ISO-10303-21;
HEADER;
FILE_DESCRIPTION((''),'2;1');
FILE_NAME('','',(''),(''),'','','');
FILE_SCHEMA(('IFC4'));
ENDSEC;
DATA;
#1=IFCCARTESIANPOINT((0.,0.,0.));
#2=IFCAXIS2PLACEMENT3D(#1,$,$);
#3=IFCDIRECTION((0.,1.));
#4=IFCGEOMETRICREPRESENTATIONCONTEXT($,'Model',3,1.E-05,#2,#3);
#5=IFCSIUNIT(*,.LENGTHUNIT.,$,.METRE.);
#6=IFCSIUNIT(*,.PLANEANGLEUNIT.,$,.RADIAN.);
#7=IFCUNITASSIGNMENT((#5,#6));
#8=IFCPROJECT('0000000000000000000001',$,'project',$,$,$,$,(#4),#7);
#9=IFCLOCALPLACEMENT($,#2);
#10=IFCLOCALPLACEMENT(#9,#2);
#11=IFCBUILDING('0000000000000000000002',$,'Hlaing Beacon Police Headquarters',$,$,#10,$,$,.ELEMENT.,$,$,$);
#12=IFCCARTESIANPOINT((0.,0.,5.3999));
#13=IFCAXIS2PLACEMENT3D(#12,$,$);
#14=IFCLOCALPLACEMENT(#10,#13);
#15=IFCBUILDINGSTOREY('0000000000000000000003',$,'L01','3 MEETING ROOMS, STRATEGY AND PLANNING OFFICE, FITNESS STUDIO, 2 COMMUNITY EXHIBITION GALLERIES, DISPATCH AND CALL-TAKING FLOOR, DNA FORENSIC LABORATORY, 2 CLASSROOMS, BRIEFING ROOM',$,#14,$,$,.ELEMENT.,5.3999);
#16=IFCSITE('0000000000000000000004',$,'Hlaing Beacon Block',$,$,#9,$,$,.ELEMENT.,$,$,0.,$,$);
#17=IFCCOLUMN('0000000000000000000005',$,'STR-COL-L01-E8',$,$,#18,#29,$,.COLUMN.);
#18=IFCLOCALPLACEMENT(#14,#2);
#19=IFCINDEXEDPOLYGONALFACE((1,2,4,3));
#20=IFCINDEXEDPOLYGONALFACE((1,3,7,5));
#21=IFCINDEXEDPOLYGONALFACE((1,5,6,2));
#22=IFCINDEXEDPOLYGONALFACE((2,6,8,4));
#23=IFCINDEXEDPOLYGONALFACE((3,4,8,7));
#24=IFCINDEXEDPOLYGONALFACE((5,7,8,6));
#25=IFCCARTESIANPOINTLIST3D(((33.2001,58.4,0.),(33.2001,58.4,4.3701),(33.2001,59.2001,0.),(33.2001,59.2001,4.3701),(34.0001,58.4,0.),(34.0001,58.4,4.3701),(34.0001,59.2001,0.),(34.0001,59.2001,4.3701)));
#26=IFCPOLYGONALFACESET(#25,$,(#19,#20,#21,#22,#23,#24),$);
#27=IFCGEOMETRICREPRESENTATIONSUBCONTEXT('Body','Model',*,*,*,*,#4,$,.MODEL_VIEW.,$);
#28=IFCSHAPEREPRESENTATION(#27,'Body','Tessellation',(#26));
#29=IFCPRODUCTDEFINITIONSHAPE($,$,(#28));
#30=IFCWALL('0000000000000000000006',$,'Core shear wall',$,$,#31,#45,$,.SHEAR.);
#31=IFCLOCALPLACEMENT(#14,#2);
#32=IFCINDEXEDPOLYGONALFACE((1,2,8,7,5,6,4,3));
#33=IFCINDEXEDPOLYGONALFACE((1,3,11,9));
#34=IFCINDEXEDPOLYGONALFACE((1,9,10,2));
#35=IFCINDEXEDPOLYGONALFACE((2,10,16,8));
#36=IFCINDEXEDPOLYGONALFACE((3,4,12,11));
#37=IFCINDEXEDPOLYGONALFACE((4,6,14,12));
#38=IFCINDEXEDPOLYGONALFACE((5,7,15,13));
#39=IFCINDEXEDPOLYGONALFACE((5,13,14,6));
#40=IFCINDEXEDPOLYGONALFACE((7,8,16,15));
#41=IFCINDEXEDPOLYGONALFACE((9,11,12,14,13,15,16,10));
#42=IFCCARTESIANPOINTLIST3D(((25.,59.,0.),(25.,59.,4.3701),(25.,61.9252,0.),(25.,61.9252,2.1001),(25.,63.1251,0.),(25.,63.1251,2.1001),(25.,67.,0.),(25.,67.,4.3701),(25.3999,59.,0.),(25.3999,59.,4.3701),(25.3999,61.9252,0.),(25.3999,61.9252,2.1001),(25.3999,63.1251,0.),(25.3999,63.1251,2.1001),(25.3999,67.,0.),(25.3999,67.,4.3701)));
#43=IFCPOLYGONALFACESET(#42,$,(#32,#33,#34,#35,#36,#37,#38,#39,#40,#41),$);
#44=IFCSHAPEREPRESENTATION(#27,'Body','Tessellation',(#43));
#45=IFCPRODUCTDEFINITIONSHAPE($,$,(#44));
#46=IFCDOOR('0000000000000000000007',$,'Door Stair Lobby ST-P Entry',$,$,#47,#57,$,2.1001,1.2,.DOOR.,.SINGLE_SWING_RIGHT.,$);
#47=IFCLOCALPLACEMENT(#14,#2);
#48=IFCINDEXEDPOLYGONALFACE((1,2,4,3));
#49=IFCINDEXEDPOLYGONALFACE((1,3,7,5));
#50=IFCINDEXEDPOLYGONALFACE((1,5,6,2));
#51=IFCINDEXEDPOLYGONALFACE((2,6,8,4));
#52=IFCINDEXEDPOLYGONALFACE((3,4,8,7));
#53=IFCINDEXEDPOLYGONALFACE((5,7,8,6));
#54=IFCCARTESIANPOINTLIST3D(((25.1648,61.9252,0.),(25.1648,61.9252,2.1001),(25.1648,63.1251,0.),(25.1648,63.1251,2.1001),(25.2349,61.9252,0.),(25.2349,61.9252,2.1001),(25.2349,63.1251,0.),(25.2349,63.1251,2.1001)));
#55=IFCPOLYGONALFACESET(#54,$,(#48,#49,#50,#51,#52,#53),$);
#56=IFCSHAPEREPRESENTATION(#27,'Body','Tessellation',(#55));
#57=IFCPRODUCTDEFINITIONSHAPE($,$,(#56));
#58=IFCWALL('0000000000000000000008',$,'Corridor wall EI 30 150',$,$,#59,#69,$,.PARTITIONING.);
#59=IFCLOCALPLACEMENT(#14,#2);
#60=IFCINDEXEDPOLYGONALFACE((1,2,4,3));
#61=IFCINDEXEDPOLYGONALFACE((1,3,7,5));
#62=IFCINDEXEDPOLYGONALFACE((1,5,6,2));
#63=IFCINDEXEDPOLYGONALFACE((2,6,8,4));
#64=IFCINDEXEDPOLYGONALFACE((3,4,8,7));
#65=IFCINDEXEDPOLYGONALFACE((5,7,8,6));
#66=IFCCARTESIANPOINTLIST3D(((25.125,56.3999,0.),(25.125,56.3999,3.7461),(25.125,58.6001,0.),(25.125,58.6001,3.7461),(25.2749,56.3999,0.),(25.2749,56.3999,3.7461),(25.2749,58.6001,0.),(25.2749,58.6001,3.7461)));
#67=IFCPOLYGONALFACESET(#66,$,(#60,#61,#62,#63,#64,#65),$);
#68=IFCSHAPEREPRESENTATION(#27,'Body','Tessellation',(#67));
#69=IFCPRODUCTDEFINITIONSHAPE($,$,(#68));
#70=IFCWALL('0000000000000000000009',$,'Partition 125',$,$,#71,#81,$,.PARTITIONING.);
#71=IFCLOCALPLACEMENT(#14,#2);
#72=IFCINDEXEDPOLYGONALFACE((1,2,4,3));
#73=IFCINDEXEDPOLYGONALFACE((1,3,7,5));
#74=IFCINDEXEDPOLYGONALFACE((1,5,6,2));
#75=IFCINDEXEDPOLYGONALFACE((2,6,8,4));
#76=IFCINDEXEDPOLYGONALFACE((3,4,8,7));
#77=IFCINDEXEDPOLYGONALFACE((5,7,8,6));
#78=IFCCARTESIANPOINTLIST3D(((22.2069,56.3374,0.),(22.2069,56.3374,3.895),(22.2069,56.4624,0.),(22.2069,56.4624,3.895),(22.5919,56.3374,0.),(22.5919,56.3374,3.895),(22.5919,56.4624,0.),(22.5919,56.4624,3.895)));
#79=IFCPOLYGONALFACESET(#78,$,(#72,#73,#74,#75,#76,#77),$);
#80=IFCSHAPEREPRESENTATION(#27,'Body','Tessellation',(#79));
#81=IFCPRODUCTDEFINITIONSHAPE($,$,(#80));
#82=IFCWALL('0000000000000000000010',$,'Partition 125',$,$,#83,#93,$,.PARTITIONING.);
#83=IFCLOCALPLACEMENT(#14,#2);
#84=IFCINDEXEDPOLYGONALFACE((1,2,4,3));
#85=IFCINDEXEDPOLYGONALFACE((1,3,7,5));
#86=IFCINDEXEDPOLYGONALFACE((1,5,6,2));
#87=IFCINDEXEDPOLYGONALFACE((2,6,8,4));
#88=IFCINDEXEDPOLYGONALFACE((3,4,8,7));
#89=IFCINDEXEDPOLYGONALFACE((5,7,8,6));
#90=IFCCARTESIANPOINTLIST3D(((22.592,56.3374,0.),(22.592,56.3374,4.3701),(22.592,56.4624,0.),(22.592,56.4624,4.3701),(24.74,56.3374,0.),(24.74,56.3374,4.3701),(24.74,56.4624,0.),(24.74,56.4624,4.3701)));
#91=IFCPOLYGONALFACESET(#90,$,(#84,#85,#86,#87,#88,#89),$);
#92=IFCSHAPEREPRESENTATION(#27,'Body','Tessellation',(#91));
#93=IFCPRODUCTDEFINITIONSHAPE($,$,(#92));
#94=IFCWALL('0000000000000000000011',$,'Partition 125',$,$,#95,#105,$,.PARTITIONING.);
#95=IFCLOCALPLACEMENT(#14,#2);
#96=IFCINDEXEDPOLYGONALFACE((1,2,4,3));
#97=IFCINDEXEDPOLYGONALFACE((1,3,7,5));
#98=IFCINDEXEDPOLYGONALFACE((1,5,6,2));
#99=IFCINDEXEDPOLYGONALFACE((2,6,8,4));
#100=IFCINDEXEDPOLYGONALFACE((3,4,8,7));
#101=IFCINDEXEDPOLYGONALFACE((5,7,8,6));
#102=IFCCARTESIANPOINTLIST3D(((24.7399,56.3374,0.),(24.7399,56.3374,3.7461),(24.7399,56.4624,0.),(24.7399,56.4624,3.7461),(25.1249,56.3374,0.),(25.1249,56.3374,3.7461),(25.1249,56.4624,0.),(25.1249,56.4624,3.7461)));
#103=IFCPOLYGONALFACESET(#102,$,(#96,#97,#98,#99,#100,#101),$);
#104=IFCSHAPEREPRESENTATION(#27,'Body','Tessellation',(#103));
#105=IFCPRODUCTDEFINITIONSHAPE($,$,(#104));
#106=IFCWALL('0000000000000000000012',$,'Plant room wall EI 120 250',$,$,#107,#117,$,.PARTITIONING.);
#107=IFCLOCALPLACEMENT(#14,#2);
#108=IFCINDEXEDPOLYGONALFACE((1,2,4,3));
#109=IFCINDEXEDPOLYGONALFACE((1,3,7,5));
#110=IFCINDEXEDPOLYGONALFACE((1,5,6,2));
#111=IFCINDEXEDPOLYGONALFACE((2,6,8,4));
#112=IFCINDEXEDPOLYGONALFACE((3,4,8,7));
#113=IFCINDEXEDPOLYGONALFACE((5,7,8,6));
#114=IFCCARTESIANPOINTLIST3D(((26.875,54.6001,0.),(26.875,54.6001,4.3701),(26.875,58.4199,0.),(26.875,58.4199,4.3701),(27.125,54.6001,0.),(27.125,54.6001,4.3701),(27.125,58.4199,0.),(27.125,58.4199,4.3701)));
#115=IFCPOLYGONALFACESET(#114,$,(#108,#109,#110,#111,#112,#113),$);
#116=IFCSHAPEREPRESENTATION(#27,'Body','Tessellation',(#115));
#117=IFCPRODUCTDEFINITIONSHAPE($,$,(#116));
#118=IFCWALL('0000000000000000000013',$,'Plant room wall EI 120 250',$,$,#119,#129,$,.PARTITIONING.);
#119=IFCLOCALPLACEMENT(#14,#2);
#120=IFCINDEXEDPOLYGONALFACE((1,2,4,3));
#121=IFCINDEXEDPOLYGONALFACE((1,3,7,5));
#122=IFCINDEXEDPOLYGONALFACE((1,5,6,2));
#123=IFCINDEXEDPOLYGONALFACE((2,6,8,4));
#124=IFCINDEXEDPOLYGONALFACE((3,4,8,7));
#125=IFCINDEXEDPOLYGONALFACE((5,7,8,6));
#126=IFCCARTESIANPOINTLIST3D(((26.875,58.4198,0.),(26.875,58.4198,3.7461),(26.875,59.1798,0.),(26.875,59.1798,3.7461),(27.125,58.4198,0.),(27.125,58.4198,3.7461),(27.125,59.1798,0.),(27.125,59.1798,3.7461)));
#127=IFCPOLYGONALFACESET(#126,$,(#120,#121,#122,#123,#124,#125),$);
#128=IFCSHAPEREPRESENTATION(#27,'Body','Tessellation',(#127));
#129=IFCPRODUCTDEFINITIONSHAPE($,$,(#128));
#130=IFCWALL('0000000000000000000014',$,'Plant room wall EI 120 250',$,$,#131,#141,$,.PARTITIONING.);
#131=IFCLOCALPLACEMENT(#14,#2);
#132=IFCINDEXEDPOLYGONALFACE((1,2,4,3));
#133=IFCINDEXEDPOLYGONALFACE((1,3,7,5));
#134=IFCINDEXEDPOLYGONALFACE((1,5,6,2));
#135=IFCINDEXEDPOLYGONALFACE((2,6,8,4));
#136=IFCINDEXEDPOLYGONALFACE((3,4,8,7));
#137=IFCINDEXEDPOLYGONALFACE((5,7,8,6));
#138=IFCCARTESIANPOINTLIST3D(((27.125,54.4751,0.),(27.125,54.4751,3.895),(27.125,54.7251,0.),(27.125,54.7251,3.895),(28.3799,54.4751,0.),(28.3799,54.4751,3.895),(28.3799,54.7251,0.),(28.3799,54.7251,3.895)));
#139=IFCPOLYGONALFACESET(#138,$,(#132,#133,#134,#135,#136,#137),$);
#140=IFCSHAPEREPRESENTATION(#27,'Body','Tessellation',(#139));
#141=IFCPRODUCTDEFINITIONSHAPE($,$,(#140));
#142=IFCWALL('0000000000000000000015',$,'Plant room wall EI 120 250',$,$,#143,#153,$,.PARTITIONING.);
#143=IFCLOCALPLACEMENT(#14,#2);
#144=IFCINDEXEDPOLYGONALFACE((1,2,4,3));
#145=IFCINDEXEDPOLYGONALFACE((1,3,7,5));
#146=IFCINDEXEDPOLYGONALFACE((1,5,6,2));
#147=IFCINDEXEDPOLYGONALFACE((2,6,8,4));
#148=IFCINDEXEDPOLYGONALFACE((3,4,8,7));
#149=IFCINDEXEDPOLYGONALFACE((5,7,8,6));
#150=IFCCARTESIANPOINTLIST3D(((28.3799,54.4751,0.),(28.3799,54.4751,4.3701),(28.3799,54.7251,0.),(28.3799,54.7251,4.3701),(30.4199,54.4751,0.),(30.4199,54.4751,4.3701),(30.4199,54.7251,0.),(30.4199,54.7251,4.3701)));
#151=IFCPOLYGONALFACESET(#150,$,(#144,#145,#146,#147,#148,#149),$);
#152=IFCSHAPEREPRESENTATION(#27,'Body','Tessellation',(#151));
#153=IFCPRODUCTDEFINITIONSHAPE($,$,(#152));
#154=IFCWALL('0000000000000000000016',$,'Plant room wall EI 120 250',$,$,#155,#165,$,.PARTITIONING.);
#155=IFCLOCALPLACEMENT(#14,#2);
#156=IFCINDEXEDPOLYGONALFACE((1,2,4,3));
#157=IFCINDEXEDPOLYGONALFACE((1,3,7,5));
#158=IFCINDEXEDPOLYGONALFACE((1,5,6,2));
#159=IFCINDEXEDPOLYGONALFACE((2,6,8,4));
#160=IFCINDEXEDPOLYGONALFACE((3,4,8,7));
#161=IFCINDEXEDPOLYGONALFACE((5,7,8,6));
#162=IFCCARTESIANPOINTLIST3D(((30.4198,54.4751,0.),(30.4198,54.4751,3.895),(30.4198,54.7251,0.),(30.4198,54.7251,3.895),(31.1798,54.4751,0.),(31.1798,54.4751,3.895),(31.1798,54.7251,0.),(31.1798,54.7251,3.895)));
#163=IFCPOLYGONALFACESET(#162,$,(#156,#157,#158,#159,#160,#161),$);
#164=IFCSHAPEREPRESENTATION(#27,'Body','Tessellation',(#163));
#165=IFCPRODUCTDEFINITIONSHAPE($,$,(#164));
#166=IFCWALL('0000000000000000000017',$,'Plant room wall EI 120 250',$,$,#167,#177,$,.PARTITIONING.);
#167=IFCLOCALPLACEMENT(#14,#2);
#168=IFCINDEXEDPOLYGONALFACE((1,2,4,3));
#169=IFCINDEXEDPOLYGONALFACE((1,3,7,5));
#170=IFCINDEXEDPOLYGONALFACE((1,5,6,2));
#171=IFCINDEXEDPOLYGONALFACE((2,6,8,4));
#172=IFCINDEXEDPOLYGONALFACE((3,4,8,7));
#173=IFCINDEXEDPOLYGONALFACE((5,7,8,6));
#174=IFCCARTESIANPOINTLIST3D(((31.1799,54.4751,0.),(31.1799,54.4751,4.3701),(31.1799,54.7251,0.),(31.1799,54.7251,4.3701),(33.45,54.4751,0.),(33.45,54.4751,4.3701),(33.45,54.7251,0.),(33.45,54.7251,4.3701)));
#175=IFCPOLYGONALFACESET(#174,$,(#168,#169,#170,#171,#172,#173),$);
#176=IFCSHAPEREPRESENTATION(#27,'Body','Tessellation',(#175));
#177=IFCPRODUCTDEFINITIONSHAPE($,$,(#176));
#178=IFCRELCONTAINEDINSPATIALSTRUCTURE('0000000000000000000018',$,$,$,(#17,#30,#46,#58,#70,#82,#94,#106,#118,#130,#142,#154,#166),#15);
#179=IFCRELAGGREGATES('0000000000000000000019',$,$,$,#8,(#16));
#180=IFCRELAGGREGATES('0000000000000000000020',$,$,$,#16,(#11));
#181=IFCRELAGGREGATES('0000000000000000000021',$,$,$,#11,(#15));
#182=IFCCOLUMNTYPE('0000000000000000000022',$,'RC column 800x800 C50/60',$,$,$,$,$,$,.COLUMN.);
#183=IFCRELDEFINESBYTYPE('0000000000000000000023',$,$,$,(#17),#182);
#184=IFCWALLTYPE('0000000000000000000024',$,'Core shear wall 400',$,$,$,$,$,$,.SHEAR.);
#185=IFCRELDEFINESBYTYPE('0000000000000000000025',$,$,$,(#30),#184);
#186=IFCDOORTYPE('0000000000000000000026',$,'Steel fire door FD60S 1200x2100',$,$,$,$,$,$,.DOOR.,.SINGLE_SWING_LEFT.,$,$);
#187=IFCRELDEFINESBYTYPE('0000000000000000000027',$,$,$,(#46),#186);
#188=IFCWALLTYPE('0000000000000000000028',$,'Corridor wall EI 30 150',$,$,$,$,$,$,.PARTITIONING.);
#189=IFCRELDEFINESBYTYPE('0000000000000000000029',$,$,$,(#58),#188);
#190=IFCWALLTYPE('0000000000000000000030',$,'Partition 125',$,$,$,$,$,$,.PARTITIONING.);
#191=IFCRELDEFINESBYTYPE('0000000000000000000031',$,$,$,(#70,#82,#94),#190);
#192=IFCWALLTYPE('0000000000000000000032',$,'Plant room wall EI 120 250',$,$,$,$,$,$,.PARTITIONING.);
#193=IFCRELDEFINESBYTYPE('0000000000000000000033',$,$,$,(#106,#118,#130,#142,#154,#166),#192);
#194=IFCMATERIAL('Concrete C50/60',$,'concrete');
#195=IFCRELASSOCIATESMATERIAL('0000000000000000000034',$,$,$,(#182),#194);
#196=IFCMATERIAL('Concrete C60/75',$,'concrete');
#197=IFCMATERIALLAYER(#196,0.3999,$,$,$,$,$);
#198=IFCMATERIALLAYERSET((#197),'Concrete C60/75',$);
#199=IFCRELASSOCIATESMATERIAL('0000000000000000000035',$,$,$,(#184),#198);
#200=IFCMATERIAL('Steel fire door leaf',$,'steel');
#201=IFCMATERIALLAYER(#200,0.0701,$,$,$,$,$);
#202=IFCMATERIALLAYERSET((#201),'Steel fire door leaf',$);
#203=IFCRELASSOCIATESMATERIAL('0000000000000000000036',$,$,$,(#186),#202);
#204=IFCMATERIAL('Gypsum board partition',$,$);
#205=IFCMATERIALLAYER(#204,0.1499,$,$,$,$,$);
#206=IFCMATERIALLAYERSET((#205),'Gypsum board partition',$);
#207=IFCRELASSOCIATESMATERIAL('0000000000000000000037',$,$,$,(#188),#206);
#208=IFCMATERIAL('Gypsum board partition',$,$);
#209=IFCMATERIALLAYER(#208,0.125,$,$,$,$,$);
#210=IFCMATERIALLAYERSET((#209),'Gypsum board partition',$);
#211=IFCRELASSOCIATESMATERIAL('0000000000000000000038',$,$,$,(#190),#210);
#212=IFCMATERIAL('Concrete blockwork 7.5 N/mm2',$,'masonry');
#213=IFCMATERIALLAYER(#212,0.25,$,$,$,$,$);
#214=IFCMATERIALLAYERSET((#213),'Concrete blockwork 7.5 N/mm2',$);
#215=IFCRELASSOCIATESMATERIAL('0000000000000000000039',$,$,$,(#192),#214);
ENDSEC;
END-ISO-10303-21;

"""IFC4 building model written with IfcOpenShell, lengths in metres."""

from ifc_helpers import new_model, si_unit, direction, frame, frame_2d, origin, origin_2d, place, context, subcontext, project, spatial, rectangle, extrude, material, layer, layer_set, material_profile, profile_set, type_object, element, fill, save


model = new_model("IFC4")

# Units and contexts
model_context = context("Model", 3, precision=1e-05, world=origin(), true_north=direction((0.0, 1.0)))
body_context = subcontext(model_context, "Body", "Model", "MODEL_VIEW")
ifc_project = project(units=[si_unit("LENGTHUNIT", "METRE"), si_unit("PLANEANGLEUNIT", "RADIAN")], contexts=[model_context])

# Site, building, storey
site_placement = place(None, origin())
site = spatial("IfcSite", under=ifc_project, at=site_placement, Name="Hlaing Beacon Block", CompositionType="ELEMENT", RefElevation=0.0)
building_placement = place(site_placement, origin())
building = spatial("IfcBuilding", under=site, at=building_placement, Name="Hlaing Beacon Police Headquarters", CompositionType="ELEMENT")
storey_placement = place(building_placement, frame((0.0, 0.0, 5.3999)))
storey = spatial("IfcBuildingStorey", under=building, at=storey_placement, Name="L01", Description="3 MEETING ROOMS, STRATEGY AND PLANNING OFFICE, FITNESS STUDIO, 2 COMMUNITY EXHIBITION GALLERIES, DISPATCH AND CALL-TAKING FLOOR, DNA FORENSIC LABORATORY, 2 CLASSROOMS, BRIEFING ROOM", CompositionType="ELEMENT", Elevation=5.3999)

# Column
ifc_material_1 = material(Name="Concrete C50/60", Category="concrete")
ifc_material_profile = material_profile(ifc_material_1, rectangle(XDim=0.8, YDim=0.8, at=origin_2d()), Name="800x800")
ifc_profile_set = profile_set([ifc_material_profile], Name="Concrete C50/60")
column_type = type_object("IfcColumnType", Name="RC column 800x800 C50/60", PredefinedType="COLUMN", material=ifc_profile_set)
column_placement = place(storey_placement, frame((33.6001, 58.8, 0.0), z_axis=(0.0, 0.0, 1.0), x_axis=(1.0, 0.0, 0.0)))
element("IfcColumn", 1, at=column_placement, inside=storey, type_object=column_type, Name="STR-COL-L01-E8", PredefinedType="COLUMN", context=body_context, shape_type="SweptSolid", body=[
    extrude(rectangle(XDim=0.8, YDim=0.8, at=origin_2d()), origin(), (0.0, 0.0, 1.0), 4.3701),
])

# Wall, opening, door
ifc_material_2 = material(Name="Concrete C60/75", Category="concrete")
ifc_layer_1 = layer(ifc_material_2, 0.3999)
ifc_layer_set_1 = layer_set([ifc_layer_1], Name="Concrete C60/75")
wall_type_1 = type_object("IfcWallType", Name="Core shear wall 400", PredefinedType="SHEAR", material=ifc_layer_set_1)
wall_1_placement = place(storey_placement, frame((25.2, 59.0, 0.0), z_axis=(0.0, 0.0, 1.0), x_axis=(0.0, 1.0, 0.0)))
wall_1 = element("IfcWall", 2, at=wall_1_placement, inside=storey, type_object=wall_type_1, Name="Core shear wall", PredefinedType="SHEAR", context=body_context, shape_type="SweptSolid", body=[
    extrude(rectangle(XDim=8.0, YDim=0.3999, at=frame_2d((4.0, 0.0))), origin(), (0.0, 0.0, 1.0), 4.3701),
])
opening_placement = place(wall_1_placement, frame((2.925, 0.0, 0.0)))
opening = element("IfcOpeningElement", 3, at=opening_placement, cuts=wall_1, PredefinedType="OPENING", context=body_context, shape_type="SweptSolid", body=[
    extrude(rectangle(XDim=1.2, YDim=2.1001, at=frame_2d((0.6001, 1.05))), frame((0.0, 0.21, 0.0), z_axis=(0.0, -1.0, 0.0), x_axis=(1.0, 0.0, 0.0)), (0.0, 0.0, 1.0), 0.4199),
])
ifc_material_3 = material(Name="Steel fire door leaf", Category="steel")
ifc_layer_2 = layer(ifc_material_3, 0.0701)
ifc_layer_set_2 = layer_set([ifc_layer_2], Name="Steel fire door leaf")
door_type = type_object("IfcDoorType", Name="Steel fire door FD60S 1200x2100", OperationType="SINGLE_SWING_LEFT", PredefinedType="DOOR", material=ifc_layer_set_2)
door_placement = place(opening_placement, origin())
door = element("IfcDoor", 4, at=door_placement, inside=storey, type_object=door_type, Name="Door Stair Lobby ST-P Entry", OperationType="SINGLE_SWING_RIGHT", OverallHeight=2.1001, OverallWidth=1.2, PredefinedType="DOOR", context=body_context, shape_type="SweptSolid", body=[
    extrude(rectangle(XDim=1.2, YDim=2.1001, at=frame_2d((0.6001, 1.05))), frame((0.0, 0.0352, 0.0), z_axis=(0.0, -1.0, 0.0), x_axis=(1.0, 0.0, 0.0)), (0.0, 0.0, 1.0), 0.0701),
])
fill(opening, door)

# Walls
ifc_material_4 = material(Name="Gypsum board partition")
ifc_layer_3 = layer(ifc_material_4, 0.1499)
ifc_layer_set_3 = layer_set([ifc_layer_3], Name="Gypsum board partition")
wall_type_2 = type_object("IfcWallType", Name="Corridor wall EI 30 150", PredefinedType="PARTITIONING", material=ifc_layer_set_3)
wall_2_placement = place(storey_placement, frame((25.2, 56.3999, 0.0), z_axis=(0.0, 0.0, 1.0), x_axis=(0.0, 1.0, 0.0)))
element("IfcWall", 5, at=wall_2_placement, inside=storey, type_object=wall_type_2, Name="Corridor wall EI 30 150", PredefinedType="PARTITIONING", context=body_context, shape_type="SweptSolid", body=[
    extrude(rectangle(XDim=2.2002, YDim=0.1499, at=frame_2d((1.1001, 0.0))), origin(), (0.0, 0.0, 1.0), 3.7461),
])
ifc_material_5 = material(Name="Gypsum board partition")
ifc_layer_4 = layer(ifc_material_5, 0.125)
ifc_layer_set_4 = layer_set([ifc_layer_4], Name="Gypsum board partition")
wall_type_3 = type_object("IfcWallType", Name="Partition 125", PredefinedType="PARTITIONING", material=ifc_layer_set_4)
wall_3_placement = place(storey_placement, frame((22.207, 56.3999, 0.0), z_axis=(0.0, 0.0, 1.0), x_axis=(1.0, 0.0, 0.0)))
element("IfcWall", 6, at=wall_3_placement, inside=storey, type_object=wall_type_3, Name="Partition 125", PredefinedType="PARTITIONING", context=body_context, shape_type="SweptSolid", body=[
    extrude(rectangle(XDim=0.385, YDim=0.125, at=frame_2d((0.1924, 0.0))), origin(), (0.0, 0.0, 1.0), 3.895),
])
wall_4_placement = place(storey_placement, frame((22.592, 56.3999, 0.0), z_axis=(0.0, 0.0, 1.0), x_axis=(1.0, 0.0, 0.0)))
element("IfcWall", 7, at=wall_4_placement, inside=storey, type_object=wall_type_3, Name="Partition 125", PredefinedType="PARTITIONING", context=body_context, shape_type="SweptSolid", body=[
    extrude(rectangle(XDim=2.1479, YDim=0.125, at=frame_2d((1.074, 0.0))), origin(), (0.0, 0.0, 1.0), 4.3701),
])
wall_5_placement = place(storey_placement, frame((24.74, 56.3999, 0.0), z_axis=(0.0, 0.0, 1.0), x_axis=(1.0, 0.0, 0.0)))
element("IfcWall", 8, at=wall_5_placement, inside=storey, type_object=wall_type_3, Name="Partition 125", PredefinedType="PARTITIONING", context=body_context, shape_type="SweptSolid", body=[
    extrude(rectangle(XDim=0.385, YDim=0.125, at=frame_2d((0.1924, 0.0))), origin(), (0.0, 0.0, 1.0), 3.7461),
])
ifc_material_6 = material(Name="Concrete blockwork 7.5 N/mm2", Category="masonry")
ifc_layer_5 = layer(ifc_material_6, 0.25)
ifc_layer_set_5 = layer_set([ifc_layer_5], Name="Concrete blockwork 7.5 N/mm2")
wall_type_4 = type_object("IfcWallType", Name="Plant room wall EI 120 250", PredefinedType="PARTITIONING", material=ifc_layer_set_5)
wall_6_placement = place(storey_placement, frame((27.0, 54.6001, 0.0), z_axis=(0.0, 0.0, 1.0), x_axis=(0.0, 1.0, 0.0)))
element("IfcWall", 9, at=wall_6_placement, inside=storey, type_object=wall_type_4, Name="Plant room wall EI 120 250", PredefinedType="PARTITIONING", context=body_context, shape_type="SweptSolid", body=[
    extrude(rectangle(XDim=3.8198, YDim=0.25, at=frame_2d((1.9099, 0.0))), origin(), (0.0, 0.0, 1.0), 4.3701),
])
wall_7_placement = place(storey_placement, frame((27.0, 58.4199, 0.0), z_axis=(0.0, 0.0, 1.0), x_axis=(0.0, 1.0, 0.0)))
element("IfcWall", 10, at=wall_7_placement, inside=storey, type_object=wall_type_4, Name="Plant room wall EI 120 250", PredefinedType="PARTITIONING", context=body_context, shape_type="SweptSolid", body=[
    extrude(rectangle(XDim=0.76, YDim=0.25, at=frame_2d((0.3799, 0.0))), origin(), (0.0, 0.0, 1.0), 3.7461),
])
wall_8_placement = place(storey_placement, frame((27.125, 54.6001, 0.0), z_axis=(0.0, 0.0, 1.0), x_axis=(1.0, 0.0, 0.0)))
element("IfcWall", 11, at=wall_8_placement, inside=storey, type_object=wall_type_4, Name="Plant room wall EI 120 250", PredefinedType="PARTITIONING", context=body_context, shape_type="SweptSolid", body=[
    extrude(rectangle(XDim=1.2549, YDim=0.25, at=frame_2d((0.6274, 0.0))), origin(), (0.0, 0.0, 1.0), 3.895),
])
wall_9_placement = place(storey_placement, frame((28.3799, 54.6001, 0.0), z_axis=(0.0, 0.0, 1.0), x_axis=(1.0, 0.0, 0.0)))
element("IfcWall", 12, at=wall_9_placement, inside=storey, type_object=wall_type_4, Name="Plant room wall EI 120 250", PredefinedType="PARTITIONING", context=body_context, shape_type="SweptSolid", body=[
    extrude(rectangle(XDim=2.04, YDim=0.25, at=frame_2d((1.02, 0.0))), origin(), (0.0, 0.0, 1.0), 4.3701),
])
wall_10_placement = place(storey_placement, frame((30.4199, 54.6001, 0.0), z_axis=(0.0, 0.0, 1.0), x_axis=(1.0, 0.0, 0.0)))
element("IfcWall", 13, at=wall_10_placement, inside=storey, type_object=wall_type_4, Name="Plant room wall EI 120 250", PredefinedType="PARTITIONING", context=body_context, shape_type="SweptSolid", body=[
    extrude(rectangle(XDim=0.76, YDim=0.25, at=frame_2d((0.3799, 0.0))), origin(), (0.0, 0.0, 1.0), 3.895),
])
wall_11_placement = place(storey_placement, frame((31.1799, 54.6001, 0.0), z_axis=(0.0, 0.0, 1.0), x_axis=(1.0, 0.0, 0.0)))
element("IfcWall", 14, at=wall_11_placement, inside=storey, type_object=wall_type_4, Name="Plant room wall EI 120 250", PredefinedType="PARTITIONING", context=body_context, shape_type="SweptSolid", body=[
    extrude(rectangle(XDim=2.27, YDim=0.25, at=frame_2d((1.135, 0.0))), origin(), (0.0, 0.0, 1.0), 4.3701),
])

save(model, "model.ifc")
